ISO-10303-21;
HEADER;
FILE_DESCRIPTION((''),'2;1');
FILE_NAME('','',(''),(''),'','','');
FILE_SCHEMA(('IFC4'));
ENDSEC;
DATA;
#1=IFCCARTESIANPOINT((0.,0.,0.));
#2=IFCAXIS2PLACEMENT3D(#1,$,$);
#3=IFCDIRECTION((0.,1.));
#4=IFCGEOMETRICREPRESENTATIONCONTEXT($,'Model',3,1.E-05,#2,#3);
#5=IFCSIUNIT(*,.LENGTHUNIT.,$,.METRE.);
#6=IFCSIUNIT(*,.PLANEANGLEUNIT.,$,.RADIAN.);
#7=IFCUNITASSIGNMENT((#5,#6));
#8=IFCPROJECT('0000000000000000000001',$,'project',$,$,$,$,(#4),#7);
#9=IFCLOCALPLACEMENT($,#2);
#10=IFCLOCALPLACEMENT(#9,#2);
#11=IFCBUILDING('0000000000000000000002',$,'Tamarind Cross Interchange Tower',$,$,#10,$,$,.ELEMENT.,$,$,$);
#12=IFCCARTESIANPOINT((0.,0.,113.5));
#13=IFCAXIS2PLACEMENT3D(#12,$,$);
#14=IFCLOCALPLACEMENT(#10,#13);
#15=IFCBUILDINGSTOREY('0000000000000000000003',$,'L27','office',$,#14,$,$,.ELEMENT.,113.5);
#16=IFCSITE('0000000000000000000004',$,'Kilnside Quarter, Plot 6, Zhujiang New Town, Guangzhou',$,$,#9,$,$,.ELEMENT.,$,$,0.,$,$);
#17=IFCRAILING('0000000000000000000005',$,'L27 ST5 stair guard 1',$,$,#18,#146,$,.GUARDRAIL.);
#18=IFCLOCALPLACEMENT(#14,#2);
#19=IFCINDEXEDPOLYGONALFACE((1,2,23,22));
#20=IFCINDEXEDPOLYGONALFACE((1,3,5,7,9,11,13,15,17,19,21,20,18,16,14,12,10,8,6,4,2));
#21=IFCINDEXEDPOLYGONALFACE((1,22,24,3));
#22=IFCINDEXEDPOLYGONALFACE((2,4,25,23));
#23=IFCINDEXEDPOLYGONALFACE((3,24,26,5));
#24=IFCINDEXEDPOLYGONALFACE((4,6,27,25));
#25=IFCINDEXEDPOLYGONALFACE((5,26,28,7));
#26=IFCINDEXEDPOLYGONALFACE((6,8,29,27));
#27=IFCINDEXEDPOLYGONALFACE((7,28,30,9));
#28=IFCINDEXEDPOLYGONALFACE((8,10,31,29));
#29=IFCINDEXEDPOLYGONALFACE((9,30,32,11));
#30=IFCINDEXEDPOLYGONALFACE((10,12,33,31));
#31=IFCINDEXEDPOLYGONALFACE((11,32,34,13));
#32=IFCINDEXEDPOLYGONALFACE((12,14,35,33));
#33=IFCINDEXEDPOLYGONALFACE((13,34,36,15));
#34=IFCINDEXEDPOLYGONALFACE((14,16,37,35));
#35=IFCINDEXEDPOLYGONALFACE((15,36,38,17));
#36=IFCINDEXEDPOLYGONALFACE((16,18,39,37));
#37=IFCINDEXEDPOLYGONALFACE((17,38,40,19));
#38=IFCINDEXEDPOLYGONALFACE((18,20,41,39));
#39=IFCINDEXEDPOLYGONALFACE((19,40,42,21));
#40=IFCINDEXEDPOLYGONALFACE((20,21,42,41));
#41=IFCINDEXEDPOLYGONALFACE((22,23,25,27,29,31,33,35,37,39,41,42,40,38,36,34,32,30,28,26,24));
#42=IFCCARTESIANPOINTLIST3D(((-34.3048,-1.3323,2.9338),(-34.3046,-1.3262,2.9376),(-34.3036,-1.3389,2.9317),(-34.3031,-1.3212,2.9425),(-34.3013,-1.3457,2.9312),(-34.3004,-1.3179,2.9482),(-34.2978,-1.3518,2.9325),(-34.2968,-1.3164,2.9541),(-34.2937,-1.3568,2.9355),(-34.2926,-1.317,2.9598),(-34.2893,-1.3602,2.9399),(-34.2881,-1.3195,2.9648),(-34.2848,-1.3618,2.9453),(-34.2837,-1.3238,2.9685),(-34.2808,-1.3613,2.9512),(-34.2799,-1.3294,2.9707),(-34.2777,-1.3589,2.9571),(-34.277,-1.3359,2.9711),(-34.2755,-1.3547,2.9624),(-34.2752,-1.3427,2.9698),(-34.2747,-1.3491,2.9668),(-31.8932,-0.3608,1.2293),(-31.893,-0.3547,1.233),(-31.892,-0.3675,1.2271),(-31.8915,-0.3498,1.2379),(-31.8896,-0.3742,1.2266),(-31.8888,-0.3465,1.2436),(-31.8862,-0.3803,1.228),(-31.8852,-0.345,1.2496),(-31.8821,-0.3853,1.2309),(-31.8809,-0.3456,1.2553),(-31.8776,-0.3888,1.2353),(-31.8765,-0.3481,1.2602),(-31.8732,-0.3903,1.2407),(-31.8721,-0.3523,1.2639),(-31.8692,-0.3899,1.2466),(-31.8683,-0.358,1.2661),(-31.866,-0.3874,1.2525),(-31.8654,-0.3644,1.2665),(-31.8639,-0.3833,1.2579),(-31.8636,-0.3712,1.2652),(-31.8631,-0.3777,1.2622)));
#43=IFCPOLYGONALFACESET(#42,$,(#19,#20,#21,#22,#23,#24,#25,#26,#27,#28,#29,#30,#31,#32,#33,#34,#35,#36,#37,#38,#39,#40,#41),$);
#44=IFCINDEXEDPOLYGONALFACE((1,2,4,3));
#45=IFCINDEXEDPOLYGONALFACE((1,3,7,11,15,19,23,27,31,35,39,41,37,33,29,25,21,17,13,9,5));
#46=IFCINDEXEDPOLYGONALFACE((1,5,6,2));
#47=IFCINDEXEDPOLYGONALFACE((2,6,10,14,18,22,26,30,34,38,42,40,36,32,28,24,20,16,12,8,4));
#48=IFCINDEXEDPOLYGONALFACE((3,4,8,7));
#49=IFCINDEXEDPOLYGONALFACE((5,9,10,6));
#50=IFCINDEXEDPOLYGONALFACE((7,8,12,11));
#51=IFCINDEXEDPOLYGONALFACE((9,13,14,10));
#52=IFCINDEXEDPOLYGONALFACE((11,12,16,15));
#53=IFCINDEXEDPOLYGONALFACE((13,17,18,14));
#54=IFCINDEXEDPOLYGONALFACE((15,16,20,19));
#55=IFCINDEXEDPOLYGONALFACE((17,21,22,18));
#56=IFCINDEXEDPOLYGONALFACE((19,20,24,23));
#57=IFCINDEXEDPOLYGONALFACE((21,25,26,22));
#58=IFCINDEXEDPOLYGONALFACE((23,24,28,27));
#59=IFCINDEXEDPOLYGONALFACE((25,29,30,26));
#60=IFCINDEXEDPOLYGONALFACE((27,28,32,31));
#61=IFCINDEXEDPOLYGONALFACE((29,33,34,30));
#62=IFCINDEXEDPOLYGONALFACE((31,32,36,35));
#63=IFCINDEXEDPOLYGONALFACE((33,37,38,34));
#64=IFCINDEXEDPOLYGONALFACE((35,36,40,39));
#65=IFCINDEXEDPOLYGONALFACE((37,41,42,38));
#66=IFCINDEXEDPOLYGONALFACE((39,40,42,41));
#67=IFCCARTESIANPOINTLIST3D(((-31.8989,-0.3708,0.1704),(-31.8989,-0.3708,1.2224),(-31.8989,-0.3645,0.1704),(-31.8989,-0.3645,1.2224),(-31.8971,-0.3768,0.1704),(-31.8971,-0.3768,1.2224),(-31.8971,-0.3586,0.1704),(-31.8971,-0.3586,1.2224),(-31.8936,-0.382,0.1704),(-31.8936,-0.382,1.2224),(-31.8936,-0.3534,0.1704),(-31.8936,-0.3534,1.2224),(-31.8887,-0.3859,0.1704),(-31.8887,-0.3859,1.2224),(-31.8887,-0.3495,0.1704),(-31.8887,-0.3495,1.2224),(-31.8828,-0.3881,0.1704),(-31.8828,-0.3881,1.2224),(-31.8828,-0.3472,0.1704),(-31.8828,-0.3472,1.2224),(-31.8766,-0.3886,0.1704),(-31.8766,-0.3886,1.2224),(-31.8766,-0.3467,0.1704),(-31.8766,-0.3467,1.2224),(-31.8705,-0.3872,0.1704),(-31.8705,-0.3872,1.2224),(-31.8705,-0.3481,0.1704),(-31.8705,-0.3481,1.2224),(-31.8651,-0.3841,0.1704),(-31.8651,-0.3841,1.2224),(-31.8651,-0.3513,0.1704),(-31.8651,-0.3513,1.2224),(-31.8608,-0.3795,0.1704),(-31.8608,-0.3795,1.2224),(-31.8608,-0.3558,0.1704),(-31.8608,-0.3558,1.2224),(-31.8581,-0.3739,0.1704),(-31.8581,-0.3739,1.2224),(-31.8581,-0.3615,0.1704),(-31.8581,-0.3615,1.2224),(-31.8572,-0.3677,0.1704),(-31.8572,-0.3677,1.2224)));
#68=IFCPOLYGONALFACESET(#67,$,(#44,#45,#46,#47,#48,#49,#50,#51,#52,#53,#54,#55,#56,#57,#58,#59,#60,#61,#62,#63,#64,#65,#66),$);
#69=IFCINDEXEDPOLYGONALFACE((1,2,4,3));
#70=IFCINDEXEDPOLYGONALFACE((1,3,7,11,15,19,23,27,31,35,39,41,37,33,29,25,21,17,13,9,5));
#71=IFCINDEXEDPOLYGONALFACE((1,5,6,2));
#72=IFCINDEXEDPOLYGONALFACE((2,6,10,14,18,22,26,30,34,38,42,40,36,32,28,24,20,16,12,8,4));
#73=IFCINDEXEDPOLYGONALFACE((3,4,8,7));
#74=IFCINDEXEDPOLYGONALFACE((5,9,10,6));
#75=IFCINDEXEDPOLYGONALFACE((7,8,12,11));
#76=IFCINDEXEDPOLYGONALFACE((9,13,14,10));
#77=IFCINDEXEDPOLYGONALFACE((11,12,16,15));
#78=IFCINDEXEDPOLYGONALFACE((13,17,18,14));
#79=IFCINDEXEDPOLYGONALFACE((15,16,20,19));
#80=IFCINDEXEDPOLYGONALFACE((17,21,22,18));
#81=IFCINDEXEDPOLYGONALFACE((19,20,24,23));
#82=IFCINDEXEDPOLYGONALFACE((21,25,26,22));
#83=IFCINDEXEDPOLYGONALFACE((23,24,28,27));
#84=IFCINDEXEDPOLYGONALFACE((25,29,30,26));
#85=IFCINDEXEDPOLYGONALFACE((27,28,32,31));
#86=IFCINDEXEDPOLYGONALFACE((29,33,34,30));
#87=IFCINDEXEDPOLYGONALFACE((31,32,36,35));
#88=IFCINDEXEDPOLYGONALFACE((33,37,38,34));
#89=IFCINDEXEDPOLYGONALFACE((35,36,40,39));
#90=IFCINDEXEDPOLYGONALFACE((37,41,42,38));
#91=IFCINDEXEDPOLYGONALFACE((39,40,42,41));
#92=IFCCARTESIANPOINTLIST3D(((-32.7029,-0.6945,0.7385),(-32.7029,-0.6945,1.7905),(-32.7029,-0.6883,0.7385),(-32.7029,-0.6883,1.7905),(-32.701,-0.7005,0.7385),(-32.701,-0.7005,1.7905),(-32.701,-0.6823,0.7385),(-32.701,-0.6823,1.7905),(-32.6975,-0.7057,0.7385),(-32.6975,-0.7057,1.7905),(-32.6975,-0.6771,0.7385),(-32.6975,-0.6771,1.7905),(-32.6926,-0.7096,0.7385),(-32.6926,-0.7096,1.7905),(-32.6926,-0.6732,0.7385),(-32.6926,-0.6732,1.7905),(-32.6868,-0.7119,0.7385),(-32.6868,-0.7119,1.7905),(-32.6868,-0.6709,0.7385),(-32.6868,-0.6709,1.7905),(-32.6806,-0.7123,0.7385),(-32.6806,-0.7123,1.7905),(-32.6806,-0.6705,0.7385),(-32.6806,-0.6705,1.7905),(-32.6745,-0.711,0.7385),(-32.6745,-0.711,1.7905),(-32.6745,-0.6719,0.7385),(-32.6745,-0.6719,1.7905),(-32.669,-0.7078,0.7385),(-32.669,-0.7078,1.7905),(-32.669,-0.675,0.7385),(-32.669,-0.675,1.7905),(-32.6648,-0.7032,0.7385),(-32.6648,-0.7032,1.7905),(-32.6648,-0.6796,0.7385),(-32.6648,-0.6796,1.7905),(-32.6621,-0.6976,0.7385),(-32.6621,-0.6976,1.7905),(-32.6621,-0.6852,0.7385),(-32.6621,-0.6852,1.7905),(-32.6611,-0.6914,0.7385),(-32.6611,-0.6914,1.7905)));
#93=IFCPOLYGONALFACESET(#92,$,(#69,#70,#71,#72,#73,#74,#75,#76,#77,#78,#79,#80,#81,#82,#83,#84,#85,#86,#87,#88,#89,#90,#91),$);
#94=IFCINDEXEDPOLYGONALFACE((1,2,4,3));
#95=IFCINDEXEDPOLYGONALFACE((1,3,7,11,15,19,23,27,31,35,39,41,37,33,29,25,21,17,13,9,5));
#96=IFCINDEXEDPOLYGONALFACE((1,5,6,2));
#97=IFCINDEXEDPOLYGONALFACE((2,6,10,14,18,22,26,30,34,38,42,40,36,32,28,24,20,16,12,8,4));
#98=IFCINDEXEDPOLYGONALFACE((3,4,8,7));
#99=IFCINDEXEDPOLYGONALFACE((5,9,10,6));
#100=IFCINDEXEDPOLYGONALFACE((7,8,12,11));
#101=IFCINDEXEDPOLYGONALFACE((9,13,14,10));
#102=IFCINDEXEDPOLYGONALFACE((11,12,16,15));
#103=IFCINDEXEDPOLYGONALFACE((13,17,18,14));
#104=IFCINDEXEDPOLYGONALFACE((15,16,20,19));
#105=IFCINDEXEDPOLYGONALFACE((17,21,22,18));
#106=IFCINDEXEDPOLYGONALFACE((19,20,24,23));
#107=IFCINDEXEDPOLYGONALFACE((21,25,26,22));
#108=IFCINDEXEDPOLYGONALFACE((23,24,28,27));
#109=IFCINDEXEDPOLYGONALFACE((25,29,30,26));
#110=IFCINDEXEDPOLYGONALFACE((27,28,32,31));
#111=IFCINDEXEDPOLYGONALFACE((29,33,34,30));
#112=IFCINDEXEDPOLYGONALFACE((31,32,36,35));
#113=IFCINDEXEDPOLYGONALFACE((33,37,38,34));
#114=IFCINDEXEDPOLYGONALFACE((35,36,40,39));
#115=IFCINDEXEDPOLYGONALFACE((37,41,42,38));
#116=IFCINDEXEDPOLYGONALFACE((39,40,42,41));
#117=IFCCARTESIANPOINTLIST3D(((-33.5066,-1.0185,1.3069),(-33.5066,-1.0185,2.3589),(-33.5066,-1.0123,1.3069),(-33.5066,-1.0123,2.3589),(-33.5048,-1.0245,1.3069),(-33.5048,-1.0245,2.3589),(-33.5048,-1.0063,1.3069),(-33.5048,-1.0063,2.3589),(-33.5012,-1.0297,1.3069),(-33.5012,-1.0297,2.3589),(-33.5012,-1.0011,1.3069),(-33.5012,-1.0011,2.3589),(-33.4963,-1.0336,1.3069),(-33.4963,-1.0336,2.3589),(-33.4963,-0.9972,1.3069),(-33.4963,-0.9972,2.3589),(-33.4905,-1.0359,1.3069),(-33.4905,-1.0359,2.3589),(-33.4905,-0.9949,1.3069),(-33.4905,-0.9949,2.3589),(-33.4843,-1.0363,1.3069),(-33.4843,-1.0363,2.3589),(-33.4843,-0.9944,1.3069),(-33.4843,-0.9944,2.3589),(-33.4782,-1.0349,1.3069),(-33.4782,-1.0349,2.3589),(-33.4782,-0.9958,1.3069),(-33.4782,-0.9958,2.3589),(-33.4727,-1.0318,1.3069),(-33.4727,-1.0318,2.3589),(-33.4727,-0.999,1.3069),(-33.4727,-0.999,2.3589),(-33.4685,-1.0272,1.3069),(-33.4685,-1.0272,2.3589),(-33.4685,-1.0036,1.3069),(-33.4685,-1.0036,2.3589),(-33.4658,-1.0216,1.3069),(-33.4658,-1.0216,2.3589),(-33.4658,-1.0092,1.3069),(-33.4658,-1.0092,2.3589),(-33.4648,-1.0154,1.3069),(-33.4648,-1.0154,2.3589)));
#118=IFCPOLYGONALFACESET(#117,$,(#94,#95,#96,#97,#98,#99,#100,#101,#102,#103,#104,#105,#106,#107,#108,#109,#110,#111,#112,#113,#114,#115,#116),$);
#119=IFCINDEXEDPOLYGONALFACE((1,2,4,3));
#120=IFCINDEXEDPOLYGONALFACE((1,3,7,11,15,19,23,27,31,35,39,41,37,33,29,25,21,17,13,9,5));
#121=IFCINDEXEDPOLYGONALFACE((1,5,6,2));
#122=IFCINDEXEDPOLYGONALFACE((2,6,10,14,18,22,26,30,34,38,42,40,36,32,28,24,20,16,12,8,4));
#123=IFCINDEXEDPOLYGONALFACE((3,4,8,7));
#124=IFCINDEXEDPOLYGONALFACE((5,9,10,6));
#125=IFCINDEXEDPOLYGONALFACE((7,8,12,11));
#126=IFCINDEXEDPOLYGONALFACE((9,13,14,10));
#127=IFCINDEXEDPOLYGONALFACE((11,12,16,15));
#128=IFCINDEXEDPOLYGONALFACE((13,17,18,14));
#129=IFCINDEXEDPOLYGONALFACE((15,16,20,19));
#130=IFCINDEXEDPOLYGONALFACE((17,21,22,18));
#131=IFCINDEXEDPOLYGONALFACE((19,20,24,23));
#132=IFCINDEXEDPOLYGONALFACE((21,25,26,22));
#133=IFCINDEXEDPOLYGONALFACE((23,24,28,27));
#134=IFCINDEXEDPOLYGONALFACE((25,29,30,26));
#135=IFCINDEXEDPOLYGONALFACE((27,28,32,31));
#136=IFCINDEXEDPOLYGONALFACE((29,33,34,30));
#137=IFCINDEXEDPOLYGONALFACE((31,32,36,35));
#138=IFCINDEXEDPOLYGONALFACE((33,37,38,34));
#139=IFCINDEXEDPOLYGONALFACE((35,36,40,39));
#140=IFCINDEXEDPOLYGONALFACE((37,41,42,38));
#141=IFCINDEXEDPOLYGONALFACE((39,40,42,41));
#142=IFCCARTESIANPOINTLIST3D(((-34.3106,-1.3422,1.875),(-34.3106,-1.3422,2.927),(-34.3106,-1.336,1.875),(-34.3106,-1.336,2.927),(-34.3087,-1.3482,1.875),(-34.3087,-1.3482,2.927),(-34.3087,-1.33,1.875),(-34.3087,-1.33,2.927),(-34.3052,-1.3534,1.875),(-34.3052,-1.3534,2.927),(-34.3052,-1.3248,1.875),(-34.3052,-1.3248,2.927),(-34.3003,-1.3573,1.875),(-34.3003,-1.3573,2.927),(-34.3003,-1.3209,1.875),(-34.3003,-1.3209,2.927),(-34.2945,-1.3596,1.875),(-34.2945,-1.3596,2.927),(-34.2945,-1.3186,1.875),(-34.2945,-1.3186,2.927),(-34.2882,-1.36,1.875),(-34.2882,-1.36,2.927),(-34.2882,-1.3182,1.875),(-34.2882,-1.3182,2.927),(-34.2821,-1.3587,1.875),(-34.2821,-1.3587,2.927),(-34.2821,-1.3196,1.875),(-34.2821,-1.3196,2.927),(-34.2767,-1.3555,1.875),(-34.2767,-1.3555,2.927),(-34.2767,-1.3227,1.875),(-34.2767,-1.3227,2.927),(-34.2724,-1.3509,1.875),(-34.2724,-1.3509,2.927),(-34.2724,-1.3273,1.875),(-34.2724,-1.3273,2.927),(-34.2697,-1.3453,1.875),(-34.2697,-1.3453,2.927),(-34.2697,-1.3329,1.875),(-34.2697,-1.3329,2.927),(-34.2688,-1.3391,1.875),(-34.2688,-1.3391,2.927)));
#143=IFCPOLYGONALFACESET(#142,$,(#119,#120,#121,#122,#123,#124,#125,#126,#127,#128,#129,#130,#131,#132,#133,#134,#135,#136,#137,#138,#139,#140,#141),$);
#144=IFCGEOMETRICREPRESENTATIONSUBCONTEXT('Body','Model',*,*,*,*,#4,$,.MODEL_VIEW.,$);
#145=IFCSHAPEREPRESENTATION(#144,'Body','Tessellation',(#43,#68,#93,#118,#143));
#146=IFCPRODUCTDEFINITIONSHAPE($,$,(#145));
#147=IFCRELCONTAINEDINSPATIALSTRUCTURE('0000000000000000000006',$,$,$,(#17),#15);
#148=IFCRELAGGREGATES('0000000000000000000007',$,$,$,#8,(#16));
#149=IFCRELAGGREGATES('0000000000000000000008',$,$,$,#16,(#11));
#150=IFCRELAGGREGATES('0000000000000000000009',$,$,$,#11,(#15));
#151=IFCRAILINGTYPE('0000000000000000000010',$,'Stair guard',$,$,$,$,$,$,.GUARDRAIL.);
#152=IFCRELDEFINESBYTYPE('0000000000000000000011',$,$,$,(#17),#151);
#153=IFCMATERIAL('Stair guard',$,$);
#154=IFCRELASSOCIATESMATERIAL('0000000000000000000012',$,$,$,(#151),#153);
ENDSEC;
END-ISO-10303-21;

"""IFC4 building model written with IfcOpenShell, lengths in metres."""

from ifc_helpers import new_model, si_unit, direction, frame, origin, origin_2d, place, context, subcontext, project, spatial, circle, extrude, material, type_object, element, save


model = new_model("IFC4")

# Units and contexts
model_context = context("Model", 3, precision=1e-05, world=origin(), true_north=direction((0.0, 1.0)))
body_context = subcontext(model_context, "Body", "Model", "MODEL_VIEW")
ifc_project = project(units=[si_unit("LENGTHUNIT", "METRE"), si_unit("PLANEANGLEUNIT", "RADIAN")], contexts=[model_context])

# Site, building, storey
site_placement = place(None, origin())
site = spatial("IfcSite", under=ifc_project, at=site_placement, Name="Kilnside Quarter, Plot 6, Zhujiang New Town, Guangzhou", CompositionType="ELEMENT", RefElevation=0.0)
building_placement = place(site_placement, origin())
building = spatial("IfcBuilding", under=site, at=building_placement, Name="Tamarind Cross Interchange Tower", CompositionType="ELEMENT")
storey_placement = place(building_placement, frame((0.0, 0.0, 113.5)))
storey = spatial("IfcBuildingStorey", under=building, at=storey_placement, Name="L27", Description="office", CompositionType="ELEMENT", Elevation=113.5)

# Railing
ifc_material_1 = material(Name="Stair guard")
railing_type_1 = type_object("IfcRailingType", Name="Stair guard", PredefinedType="GUARDRAIL", material=ifc_material_1)
railing_1_placement = place(storey_placement, frame((-31.8782, -0.3677, 0.1704)))
element("IfcRailing", 1, at=railing_1_placement, inside=storey, type_object=railing_type_1, Name="L27 ST5 stair guard 1", PredefinedType="GUARDRAIL", context=body_context, shape_type="SweptSolid", body=[
    extrude(circle(Radius=0.0239, at=origin_2d()), frame((0.0, 0.0, 1.0762), z_axis=(-0.775716, -0.31247, 0.548294), x_axis=(0.37364, -0.927574, 0.0)), (0.0, 0.0, 1.0), 3.1089),
    extrude(circle(Radius=0.021, at=origin_2d()), origin(), (0.0, 0.0, 1.0), 1.052),
    extrude(circle(Radius=0.021, at=origin_2d()), frame((-0.804, -0.3237, 0.5681)), (0.0, 0.0, 1.0), 1.052),
    extrude(circle(Radius=0.021, at=origin_2d()), frame((-1.6077, -0.6477, 1.1365)), (0.0, 0.0, 1.0), 1.052),
    extrude(circle(Radius=0.021, at=origin_2d()), frame((-2.4116, -0.9714, 1.7046)), (0.0, 0.0, 1.0), 1.052),
])

save(model, "model.ifc")
